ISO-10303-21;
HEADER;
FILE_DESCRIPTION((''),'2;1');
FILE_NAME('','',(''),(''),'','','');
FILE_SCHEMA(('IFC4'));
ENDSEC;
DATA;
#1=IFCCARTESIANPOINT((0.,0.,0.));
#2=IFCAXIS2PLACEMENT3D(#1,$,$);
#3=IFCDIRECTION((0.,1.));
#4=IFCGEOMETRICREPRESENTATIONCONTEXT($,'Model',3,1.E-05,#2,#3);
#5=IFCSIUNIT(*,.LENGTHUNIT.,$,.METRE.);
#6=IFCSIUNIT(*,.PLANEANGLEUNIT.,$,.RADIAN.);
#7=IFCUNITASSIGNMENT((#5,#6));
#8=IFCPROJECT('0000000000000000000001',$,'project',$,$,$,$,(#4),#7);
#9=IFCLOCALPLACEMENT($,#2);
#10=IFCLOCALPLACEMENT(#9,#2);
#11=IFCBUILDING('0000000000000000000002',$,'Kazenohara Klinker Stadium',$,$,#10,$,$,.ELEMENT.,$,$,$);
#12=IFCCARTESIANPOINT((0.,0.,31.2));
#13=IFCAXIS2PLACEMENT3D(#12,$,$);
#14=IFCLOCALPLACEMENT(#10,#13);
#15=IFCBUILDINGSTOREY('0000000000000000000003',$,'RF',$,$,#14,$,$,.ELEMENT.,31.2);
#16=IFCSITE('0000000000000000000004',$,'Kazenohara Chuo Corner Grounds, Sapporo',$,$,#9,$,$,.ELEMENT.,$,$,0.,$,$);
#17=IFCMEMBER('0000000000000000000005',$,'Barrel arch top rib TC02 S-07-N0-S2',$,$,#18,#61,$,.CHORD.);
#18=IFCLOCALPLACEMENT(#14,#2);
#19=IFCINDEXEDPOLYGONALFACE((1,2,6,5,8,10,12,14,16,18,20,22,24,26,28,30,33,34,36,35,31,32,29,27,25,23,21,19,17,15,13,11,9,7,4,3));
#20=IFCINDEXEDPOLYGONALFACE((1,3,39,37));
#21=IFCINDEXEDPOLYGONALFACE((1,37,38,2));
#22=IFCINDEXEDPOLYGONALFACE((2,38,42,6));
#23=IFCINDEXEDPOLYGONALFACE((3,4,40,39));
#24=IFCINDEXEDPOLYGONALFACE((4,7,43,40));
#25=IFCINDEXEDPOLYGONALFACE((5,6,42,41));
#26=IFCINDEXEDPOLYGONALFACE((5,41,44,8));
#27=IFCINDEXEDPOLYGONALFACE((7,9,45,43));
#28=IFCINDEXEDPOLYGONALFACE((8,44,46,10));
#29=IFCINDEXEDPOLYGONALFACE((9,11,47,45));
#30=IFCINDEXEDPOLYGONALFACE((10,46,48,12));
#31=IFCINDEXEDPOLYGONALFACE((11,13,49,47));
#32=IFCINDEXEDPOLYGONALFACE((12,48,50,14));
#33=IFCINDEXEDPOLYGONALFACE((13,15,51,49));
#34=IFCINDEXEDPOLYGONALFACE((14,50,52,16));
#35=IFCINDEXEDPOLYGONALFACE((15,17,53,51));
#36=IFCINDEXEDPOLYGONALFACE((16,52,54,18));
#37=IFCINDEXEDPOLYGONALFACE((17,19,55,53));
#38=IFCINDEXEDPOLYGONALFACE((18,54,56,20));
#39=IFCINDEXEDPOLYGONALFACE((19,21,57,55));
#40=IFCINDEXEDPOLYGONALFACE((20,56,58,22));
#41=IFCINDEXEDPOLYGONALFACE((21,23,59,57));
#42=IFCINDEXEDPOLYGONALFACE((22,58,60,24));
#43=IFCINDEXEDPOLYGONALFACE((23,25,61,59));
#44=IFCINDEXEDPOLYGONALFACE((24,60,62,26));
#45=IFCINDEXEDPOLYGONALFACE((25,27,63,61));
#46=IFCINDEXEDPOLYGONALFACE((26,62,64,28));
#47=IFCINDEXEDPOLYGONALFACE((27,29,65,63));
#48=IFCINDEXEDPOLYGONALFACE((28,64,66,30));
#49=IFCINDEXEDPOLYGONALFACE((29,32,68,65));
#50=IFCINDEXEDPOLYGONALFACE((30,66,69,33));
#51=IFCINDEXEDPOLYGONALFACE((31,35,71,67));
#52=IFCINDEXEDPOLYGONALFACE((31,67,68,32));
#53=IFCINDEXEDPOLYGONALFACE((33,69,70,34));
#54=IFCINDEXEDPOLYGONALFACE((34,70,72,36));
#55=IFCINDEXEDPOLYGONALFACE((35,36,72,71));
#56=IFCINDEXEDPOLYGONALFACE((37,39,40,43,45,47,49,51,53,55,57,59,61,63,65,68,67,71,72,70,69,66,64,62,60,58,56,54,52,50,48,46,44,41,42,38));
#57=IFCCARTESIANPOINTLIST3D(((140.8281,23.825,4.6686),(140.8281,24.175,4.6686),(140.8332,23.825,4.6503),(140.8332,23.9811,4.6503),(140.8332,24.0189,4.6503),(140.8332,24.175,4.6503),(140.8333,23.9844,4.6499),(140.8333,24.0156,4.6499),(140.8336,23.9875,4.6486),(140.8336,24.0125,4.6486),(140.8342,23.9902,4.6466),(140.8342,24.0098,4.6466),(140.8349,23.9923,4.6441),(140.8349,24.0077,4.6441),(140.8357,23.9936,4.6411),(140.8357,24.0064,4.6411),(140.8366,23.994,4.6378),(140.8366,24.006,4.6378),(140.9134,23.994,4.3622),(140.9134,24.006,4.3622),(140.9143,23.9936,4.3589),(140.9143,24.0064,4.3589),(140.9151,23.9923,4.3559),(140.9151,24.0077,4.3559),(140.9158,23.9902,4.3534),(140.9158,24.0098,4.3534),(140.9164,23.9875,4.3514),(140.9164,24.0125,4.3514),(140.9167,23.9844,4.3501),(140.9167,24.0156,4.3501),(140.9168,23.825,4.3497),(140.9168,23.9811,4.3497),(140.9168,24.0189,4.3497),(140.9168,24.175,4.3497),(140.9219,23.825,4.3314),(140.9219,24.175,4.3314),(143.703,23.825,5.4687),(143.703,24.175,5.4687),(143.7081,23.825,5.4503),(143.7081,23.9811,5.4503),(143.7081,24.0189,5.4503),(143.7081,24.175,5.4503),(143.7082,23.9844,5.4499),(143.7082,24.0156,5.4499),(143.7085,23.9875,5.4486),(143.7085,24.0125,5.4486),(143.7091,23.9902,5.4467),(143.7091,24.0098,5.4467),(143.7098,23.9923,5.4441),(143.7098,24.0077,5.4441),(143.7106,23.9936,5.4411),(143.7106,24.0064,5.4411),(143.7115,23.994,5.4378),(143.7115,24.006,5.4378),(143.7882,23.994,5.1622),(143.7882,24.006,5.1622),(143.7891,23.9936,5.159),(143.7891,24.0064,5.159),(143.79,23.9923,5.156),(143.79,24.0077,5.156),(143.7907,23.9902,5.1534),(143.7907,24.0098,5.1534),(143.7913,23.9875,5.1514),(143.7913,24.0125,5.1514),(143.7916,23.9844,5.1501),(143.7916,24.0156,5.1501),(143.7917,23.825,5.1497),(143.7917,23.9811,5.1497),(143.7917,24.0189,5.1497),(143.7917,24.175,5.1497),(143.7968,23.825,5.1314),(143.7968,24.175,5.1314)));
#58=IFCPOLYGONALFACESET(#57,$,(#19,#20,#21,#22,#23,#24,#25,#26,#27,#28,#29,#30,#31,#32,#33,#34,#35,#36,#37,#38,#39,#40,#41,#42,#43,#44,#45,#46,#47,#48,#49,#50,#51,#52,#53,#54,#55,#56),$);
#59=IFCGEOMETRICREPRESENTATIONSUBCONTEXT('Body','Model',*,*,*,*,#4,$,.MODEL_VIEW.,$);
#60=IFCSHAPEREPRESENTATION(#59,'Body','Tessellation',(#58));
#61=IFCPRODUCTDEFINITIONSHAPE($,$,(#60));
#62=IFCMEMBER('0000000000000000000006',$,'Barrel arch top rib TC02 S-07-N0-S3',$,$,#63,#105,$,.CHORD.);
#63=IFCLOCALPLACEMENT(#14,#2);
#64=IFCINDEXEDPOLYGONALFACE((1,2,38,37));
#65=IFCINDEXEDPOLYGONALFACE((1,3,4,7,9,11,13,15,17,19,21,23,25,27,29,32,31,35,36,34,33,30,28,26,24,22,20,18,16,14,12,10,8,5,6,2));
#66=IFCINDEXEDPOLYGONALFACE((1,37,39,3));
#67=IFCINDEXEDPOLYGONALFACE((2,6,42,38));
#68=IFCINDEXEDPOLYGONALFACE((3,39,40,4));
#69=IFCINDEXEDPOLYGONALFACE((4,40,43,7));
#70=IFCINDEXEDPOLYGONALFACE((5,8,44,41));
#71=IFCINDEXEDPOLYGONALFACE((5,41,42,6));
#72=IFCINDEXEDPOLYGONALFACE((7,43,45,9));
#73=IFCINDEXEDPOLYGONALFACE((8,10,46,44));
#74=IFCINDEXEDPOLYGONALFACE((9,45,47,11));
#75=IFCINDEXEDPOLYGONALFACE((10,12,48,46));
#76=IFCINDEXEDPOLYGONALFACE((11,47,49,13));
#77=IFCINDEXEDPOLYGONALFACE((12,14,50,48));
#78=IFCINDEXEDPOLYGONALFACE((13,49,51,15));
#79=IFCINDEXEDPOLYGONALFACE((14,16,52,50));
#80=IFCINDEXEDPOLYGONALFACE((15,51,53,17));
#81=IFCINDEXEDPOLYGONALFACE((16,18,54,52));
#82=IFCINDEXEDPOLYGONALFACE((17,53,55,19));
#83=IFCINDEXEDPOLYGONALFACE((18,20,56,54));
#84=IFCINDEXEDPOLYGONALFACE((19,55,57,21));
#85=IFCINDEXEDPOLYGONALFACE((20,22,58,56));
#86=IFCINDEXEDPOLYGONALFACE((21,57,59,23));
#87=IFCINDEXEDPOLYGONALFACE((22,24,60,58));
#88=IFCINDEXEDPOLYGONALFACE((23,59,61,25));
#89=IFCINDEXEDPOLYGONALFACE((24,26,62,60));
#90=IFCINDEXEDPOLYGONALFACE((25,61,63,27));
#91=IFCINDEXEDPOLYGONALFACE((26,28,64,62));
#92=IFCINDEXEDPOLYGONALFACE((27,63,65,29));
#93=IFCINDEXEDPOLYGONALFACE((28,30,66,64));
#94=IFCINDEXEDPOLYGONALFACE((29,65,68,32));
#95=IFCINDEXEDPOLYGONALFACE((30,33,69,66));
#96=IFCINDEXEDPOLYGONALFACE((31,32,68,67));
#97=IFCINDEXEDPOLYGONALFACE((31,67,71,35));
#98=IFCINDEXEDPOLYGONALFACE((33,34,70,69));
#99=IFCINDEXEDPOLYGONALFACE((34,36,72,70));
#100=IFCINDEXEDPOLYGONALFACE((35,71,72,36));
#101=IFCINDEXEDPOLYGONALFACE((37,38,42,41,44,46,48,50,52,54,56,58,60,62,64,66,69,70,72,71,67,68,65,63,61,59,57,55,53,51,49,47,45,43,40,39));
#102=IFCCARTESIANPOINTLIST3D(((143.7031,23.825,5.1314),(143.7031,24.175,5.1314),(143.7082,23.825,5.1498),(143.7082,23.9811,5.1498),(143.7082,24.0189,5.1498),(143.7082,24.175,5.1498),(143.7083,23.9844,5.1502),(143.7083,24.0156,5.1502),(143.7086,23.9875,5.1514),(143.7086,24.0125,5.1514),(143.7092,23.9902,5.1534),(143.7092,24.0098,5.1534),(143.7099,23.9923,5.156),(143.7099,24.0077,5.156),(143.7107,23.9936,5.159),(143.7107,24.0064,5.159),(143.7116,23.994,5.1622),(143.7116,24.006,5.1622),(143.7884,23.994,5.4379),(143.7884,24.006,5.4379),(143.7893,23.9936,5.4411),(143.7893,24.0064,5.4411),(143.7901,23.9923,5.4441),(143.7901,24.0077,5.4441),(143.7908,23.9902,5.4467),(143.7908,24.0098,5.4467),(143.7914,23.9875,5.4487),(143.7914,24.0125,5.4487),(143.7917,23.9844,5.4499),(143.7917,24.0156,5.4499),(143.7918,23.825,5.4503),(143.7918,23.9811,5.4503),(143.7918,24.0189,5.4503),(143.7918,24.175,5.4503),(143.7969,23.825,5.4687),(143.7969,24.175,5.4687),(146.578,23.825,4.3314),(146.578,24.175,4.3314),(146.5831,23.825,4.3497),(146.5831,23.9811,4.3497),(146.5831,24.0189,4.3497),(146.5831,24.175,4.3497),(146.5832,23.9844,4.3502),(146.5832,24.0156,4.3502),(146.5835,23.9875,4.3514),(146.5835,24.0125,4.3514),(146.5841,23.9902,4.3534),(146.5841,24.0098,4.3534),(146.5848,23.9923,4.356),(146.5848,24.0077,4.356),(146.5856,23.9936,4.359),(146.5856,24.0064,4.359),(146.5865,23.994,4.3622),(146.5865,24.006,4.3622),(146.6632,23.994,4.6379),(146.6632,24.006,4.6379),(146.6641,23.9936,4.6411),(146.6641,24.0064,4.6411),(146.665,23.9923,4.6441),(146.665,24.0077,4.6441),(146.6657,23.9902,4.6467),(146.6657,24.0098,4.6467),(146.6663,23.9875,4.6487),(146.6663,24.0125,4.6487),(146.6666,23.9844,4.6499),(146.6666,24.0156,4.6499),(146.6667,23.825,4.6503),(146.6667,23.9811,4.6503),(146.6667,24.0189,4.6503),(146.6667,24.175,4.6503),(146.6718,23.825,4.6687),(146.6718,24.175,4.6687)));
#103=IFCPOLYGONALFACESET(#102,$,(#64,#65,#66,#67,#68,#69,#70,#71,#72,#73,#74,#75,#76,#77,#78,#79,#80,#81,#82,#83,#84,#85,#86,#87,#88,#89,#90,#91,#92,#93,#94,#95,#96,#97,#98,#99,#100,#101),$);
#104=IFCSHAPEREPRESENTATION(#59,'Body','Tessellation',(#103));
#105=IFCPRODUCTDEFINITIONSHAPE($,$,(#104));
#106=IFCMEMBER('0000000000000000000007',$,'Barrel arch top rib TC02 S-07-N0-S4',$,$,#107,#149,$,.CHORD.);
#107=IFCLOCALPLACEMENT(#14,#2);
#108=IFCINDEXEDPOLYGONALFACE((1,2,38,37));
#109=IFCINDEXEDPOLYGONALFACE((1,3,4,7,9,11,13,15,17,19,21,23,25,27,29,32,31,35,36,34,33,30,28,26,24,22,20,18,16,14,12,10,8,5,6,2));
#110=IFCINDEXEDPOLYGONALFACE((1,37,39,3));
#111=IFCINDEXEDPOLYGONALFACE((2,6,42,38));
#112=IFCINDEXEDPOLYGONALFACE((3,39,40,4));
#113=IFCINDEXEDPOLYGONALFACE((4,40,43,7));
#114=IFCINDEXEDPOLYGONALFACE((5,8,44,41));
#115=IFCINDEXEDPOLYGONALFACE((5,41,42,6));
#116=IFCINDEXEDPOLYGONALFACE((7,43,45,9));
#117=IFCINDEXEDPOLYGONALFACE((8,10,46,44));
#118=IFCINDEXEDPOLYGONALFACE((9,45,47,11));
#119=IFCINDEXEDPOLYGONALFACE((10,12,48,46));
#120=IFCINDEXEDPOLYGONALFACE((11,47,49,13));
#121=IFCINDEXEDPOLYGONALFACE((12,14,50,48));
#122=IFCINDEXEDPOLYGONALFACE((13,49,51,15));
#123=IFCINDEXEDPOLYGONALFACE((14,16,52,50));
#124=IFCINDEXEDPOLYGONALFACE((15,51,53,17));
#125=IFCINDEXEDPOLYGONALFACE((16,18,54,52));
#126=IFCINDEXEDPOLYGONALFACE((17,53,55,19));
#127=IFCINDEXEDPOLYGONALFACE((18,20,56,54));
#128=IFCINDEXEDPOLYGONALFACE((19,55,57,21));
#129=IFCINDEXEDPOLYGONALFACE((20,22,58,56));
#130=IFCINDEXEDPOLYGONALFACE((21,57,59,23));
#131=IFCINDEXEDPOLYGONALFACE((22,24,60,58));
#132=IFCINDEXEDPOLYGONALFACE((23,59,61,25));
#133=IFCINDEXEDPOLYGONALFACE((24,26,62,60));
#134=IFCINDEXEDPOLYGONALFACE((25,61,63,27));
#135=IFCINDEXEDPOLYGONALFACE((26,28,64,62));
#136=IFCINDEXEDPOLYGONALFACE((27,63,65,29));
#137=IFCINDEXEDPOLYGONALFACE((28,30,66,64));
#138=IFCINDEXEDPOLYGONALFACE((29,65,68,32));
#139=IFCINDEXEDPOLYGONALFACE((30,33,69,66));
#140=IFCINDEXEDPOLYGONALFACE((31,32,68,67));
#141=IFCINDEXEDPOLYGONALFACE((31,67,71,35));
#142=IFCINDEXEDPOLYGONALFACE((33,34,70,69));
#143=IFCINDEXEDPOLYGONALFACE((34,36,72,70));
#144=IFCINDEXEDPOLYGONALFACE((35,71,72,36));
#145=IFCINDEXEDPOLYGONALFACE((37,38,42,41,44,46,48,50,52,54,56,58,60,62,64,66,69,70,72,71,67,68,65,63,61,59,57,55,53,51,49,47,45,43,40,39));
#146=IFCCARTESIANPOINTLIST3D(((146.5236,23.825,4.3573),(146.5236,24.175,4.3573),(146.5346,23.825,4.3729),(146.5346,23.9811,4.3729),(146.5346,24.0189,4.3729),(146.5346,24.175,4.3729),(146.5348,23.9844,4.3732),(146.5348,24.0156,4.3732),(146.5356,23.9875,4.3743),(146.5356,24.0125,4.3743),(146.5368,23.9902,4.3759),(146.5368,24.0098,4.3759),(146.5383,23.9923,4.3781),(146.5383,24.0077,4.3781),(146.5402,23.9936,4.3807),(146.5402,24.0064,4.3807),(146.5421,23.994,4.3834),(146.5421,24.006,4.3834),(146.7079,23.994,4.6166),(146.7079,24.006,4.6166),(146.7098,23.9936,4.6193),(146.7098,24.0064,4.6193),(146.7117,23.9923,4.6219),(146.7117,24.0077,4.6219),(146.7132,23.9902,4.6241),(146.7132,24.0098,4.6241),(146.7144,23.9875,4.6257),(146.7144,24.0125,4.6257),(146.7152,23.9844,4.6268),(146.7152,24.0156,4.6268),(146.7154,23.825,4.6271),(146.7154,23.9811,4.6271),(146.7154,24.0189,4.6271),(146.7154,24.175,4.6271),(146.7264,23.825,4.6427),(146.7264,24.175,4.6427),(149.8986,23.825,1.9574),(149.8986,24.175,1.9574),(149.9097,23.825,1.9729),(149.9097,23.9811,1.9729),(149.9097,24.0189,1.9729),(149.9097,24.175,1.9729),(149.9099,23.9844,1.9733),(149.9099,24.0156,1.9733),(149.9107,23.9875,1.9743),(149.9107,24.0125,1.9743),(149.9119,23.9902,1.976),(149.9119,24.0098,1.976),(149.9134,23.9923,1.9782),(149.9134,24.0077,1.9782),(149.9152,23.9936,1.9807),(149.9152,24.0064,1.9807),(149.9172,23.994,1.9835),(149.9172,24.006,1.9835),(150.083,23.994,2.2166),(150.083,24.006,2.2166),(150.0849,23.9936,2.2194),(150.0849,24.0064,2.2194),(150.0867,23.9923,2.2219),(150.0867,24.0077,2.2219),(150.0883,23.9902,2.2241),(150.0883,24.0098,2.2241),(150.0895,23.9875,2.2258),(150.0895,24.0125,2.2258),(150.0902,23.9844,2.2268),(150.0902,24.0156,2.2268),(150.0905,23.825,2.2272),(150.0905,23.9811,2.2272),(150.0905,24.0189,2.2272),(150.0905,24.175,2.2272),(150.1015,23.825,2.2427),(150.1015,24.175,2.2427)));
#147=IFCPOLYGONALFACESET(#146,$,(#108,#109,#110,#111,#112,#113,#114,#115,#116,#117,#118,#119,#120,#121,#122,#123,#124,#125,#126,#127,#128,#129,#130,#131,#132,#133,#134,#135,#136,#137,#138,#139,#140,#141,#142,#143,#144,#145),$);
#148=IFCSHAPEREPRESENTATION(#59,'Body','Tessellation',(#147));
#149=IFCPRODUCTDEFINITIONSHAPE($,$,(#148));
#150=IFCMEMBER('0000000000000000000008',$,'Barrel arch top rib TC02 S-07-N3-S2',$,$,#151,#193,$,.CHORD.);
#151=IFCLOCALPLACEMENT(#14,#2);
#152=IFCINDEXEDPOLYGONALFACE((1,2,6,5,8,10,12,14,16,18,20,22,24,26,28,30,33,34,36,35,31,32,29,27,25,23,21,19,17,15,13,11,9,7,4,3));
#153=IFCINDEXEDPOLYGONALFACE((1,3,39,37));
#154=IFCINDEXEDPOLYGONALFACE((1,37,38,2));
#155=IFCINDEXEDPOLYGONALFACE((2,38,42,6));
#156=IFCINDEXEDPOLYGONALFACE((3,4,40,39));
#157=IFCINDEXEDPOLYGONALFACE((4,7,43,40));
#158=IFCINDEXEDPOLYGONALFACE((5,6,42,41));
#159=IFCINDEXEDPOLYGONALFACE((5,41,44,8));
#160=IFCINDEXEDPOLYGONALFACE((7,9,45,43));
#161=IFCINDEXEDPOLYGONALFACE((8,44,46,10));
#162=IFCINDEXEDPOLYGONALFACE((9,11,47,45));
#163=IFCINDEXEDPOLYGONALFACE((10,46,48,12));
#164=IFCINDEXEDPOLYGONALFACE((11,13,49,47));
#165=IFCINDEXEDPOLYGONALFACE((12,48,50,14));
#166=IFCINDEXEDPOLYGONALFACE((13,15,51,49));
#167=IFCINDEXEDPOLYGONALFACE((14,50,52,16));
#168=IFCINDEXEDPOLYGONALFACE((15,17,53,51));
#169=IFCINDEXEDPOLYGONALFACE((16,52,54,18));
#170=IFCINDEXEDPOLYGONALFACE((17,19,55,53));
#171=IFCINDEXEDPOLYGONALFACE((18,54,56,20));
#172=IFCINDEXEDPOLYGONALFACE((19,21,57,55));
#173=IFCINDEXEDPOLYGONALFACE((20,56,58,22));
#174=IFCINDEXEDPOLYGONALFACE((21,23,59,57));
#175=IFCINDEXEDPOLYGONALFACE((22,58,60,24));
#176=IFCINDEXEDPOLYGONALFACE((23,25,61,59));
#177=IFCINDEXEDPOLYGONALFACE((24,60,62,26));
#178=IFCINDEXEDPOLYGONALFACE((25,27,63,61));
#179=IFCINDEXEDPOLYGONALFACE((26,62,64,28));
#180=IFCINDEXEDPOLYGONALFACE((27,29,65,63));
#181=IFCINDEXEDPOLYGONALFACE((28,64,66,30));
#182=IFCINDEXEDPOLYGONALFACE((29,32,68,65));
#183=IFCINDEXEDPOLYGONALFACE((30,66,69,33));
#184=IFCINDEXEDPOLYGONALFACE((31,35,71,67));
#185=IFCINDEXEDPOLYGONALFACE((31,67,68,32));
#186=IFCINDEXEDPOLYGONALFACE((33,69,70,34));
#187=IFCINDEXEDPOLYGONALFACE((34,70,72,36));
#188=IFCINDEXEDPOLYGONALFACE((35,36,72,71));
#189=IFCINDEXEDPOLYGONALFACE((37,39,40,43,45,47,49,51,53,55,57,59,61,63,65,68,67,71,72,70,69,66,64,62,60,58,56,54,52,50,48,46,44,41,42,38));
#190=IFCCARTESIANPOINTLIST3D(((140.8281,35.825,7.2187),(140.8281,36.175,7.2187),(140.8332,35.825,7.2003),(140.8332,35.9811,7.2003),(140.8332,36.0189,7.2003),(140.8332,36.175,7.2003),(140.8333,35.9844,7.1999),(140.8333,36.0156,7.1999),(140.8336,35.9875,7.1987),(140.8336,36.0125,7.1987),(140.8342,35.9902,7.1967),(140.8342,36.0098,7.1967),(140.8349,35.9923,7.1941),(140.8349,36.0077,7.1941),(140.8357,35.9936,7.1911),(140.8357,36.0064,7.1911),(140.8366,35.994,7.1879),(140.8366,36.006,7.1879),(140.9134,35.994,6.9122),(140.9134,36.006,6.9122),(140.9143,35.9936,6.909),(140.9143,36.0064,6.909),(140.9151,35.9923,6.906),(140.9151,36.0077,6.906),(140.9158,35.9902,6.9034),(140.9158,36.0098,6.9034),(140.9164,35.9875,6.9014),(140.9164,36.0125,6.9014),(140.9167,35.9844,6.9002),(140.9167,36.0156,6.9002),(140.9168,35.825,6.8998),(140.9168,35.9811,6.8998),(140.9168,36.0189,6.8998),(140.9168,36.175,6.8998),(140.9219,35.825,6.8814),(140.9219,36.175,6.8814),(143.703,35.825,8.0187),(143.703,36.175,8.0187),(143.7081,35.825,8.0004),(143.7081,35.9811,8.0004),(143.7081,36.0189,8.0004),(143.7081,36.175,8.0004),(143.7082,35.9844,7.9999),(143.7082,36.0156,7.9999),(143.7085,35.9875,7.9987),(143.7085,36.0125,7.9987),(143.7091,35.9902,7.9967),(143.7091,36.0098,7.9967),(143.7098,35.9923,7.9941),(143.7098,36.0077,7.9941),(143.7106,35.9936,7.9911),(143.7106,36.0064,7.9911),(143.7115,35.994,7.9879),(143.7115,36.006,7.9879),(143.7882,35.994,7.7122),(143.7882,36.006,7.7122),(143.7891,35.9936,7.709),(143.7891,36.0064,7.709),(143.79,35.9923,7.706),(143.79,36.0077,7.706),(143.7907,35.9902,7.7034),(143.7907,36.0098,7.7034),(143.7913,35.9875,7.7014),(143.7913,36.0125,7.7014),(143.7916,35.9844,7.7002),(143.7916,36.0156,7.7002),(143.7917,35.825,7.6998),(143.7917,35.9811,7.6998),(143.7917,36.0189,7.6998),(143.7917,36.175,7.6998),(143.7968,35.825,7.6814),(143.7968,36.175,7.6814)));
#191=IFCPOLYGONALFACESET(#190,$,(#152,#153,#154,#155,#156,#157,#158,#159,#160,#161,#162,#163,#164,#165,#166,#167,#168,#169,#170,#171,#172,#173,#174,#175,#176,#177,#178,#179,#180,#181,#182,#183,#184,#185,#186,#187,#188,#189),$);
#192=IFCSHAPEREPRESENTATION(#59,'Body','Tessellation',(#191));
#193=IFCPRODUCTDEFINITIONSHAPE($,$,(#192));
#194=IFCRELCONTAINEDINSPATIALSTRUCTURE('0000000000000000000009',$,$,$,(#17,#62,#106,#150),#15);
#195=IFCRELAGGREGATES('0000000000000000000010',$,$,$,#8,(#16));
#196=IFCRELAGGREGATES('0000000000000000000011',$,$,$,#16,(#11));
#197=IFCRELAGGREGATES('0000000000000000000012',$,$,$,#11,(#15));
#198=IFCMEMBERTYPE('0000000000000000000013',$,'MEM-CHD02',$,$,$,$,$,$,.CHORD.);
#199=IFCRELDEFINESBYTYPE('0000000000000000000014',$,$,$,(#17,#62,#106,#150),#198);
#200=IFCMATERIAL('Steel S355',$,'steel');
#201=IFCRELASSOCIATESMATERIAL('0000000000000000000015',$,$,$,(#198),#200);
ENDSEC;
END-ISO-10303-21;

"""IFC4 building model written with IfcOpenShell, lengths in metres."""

from ifc_helpers import new_model, si_unit, direction, frame, origin, origin_2d, place, context, subcontext, project, spatial, i_section, extrude, material, material_profile, profile_set, type_object, element, save


model = new_model("IFC4")

# Units and contexts
model_context = context("Model", 3, precision=1e-05, world=origin(), true_north=direction((0.0, 1.0)))
body_context = subcontext(model_context, "Body", "Model", "MODEL_VIEW")
ifc_project = project(units=[si_unit("LENGTHUNIT", "METRE"), si_unit("PLANEANGLEUNIT", "RADIAN")], contexts=[model_context])

# Site, building, storey
site_placement = place(None, origin())
site = spatial("IfcSite", under=ifc_project, at=site_placement, Name="Kazenohara Chuo Corner Grounds, Sapporo", CompositionType="ELEMENT", RefElevation=0.0)
building_placement = place(site_placement, origin())
building = spatial("IfcBuilding", under=site, at=building_placement, Name="Kazenohara Klinker Stadium", CompositionType="ELEMENT")
storey_placement = place(building_placement, frame((0.0, 0.0, 31.2)))
storey = spatial("IfcBuildingStorey", under=building, at=storey_placement, Name="RF", CompositionType="ELEMENT", Elevation=31.2)

# Members
ifc_material_1 = material(Name="Steel S355", Category="steel")
ifc_material_profile_1 = material_profile(ifc_material_1, i_section(OverallWidth=0.3501, OverallDepth=0.3501, WebThickness=0.012, FlangeThickness=0.019, FilletRadius=0.0129, at=origin_2d()), Name="H-350x350x12x19")
ifc_profile_set_1 = profile_set([ifc_material_profile_1], Name="Steel S355")
member_type_1 = type_object("IfcMemberType", Name="MEM-CHD02", PredefinedType="CHORD", material=ifc_profile_set_1)
for number, where, z_axis, x_axis, name in (
    (1, (140.875, 24.0, 4.5), (0.963394, 0.0, 0.268091), (0.0, 1.0, 0.0), "Barrel arch top rib TC02 S-07-N0-S2"),
    (2, (143.75, 24.0, 5.3), (0.963394, 0.0, -0.268091), (0.0, 1.0, 0.0), "Barrel arch top rib TC02 S-07-N0-S3"),
):
    element("IfcMember", number, at=place(storey_placement, frame(where, z_axis=z_axis, x_axis=x_axis)), inside=storey, type_object=member_type_1, Name=name, PredefinedType="CHORD", context=body_context, shape_type="SweptSolid", body=[
        extrude(i_section(OverallWidth=0.3501, OverallDepth=0.3501, WebThickness=0.012, FlangeThickness=0.019, FilletRadius=0.0129, at=origin_2d()), origin(), (0.0, 0.0, 1.0), 2.9841),
    ])
member_1_placement = place(storey_placement, frame((146.625, 24.0, 4.5), z_axis=(0.814966, 0.0, -0.579508), x_axis=(0.0, 1.0, 0.0)))
element("IfcMember", 3, at=member_1_placement, inside=storey, type_object=member_type_1, Name="Barrel arch top rib TC02 S-07-N0-S4", PredefinedType="CHORD", context=body_context, shape_type="SweptSolid", body=[
    extrude(i_section(OverallWidth=0.3501, OverallDepth=0.3501, WebThickness=0.012, FlangeThickness=0.019, FilletRadius=0.0129, at=origin_2d()), origin(), (0.0, 0.0, 1.0), 4.1414),
])
member_2_placement = place(storey_placement, frame((140.875, 36.0, 7.05), z_axis=(0.963394, 0.0, 0.268091), x_axis=(0.0, 1.0, 0.0)))
element("IfcMember", 4, at=member_2_placement, inside=storey, type_object=member_type_1, Name="Barrel arch top rib TC02 S-07-N3-S2", PredefinedType="CHORD", context=body_context, shape_type="SweptSolid", body=[
    extrude(i_section(OverallWidth=0.3501, OverallDepth=0.3501, WebThickness=0.012, FlangeThickness=0.019, FilletRadius=0.0129, at=origin_2d()), origin(), (0.0, 0.0, 1.0), 2.9841),
])

save(model, "model.ifc")
